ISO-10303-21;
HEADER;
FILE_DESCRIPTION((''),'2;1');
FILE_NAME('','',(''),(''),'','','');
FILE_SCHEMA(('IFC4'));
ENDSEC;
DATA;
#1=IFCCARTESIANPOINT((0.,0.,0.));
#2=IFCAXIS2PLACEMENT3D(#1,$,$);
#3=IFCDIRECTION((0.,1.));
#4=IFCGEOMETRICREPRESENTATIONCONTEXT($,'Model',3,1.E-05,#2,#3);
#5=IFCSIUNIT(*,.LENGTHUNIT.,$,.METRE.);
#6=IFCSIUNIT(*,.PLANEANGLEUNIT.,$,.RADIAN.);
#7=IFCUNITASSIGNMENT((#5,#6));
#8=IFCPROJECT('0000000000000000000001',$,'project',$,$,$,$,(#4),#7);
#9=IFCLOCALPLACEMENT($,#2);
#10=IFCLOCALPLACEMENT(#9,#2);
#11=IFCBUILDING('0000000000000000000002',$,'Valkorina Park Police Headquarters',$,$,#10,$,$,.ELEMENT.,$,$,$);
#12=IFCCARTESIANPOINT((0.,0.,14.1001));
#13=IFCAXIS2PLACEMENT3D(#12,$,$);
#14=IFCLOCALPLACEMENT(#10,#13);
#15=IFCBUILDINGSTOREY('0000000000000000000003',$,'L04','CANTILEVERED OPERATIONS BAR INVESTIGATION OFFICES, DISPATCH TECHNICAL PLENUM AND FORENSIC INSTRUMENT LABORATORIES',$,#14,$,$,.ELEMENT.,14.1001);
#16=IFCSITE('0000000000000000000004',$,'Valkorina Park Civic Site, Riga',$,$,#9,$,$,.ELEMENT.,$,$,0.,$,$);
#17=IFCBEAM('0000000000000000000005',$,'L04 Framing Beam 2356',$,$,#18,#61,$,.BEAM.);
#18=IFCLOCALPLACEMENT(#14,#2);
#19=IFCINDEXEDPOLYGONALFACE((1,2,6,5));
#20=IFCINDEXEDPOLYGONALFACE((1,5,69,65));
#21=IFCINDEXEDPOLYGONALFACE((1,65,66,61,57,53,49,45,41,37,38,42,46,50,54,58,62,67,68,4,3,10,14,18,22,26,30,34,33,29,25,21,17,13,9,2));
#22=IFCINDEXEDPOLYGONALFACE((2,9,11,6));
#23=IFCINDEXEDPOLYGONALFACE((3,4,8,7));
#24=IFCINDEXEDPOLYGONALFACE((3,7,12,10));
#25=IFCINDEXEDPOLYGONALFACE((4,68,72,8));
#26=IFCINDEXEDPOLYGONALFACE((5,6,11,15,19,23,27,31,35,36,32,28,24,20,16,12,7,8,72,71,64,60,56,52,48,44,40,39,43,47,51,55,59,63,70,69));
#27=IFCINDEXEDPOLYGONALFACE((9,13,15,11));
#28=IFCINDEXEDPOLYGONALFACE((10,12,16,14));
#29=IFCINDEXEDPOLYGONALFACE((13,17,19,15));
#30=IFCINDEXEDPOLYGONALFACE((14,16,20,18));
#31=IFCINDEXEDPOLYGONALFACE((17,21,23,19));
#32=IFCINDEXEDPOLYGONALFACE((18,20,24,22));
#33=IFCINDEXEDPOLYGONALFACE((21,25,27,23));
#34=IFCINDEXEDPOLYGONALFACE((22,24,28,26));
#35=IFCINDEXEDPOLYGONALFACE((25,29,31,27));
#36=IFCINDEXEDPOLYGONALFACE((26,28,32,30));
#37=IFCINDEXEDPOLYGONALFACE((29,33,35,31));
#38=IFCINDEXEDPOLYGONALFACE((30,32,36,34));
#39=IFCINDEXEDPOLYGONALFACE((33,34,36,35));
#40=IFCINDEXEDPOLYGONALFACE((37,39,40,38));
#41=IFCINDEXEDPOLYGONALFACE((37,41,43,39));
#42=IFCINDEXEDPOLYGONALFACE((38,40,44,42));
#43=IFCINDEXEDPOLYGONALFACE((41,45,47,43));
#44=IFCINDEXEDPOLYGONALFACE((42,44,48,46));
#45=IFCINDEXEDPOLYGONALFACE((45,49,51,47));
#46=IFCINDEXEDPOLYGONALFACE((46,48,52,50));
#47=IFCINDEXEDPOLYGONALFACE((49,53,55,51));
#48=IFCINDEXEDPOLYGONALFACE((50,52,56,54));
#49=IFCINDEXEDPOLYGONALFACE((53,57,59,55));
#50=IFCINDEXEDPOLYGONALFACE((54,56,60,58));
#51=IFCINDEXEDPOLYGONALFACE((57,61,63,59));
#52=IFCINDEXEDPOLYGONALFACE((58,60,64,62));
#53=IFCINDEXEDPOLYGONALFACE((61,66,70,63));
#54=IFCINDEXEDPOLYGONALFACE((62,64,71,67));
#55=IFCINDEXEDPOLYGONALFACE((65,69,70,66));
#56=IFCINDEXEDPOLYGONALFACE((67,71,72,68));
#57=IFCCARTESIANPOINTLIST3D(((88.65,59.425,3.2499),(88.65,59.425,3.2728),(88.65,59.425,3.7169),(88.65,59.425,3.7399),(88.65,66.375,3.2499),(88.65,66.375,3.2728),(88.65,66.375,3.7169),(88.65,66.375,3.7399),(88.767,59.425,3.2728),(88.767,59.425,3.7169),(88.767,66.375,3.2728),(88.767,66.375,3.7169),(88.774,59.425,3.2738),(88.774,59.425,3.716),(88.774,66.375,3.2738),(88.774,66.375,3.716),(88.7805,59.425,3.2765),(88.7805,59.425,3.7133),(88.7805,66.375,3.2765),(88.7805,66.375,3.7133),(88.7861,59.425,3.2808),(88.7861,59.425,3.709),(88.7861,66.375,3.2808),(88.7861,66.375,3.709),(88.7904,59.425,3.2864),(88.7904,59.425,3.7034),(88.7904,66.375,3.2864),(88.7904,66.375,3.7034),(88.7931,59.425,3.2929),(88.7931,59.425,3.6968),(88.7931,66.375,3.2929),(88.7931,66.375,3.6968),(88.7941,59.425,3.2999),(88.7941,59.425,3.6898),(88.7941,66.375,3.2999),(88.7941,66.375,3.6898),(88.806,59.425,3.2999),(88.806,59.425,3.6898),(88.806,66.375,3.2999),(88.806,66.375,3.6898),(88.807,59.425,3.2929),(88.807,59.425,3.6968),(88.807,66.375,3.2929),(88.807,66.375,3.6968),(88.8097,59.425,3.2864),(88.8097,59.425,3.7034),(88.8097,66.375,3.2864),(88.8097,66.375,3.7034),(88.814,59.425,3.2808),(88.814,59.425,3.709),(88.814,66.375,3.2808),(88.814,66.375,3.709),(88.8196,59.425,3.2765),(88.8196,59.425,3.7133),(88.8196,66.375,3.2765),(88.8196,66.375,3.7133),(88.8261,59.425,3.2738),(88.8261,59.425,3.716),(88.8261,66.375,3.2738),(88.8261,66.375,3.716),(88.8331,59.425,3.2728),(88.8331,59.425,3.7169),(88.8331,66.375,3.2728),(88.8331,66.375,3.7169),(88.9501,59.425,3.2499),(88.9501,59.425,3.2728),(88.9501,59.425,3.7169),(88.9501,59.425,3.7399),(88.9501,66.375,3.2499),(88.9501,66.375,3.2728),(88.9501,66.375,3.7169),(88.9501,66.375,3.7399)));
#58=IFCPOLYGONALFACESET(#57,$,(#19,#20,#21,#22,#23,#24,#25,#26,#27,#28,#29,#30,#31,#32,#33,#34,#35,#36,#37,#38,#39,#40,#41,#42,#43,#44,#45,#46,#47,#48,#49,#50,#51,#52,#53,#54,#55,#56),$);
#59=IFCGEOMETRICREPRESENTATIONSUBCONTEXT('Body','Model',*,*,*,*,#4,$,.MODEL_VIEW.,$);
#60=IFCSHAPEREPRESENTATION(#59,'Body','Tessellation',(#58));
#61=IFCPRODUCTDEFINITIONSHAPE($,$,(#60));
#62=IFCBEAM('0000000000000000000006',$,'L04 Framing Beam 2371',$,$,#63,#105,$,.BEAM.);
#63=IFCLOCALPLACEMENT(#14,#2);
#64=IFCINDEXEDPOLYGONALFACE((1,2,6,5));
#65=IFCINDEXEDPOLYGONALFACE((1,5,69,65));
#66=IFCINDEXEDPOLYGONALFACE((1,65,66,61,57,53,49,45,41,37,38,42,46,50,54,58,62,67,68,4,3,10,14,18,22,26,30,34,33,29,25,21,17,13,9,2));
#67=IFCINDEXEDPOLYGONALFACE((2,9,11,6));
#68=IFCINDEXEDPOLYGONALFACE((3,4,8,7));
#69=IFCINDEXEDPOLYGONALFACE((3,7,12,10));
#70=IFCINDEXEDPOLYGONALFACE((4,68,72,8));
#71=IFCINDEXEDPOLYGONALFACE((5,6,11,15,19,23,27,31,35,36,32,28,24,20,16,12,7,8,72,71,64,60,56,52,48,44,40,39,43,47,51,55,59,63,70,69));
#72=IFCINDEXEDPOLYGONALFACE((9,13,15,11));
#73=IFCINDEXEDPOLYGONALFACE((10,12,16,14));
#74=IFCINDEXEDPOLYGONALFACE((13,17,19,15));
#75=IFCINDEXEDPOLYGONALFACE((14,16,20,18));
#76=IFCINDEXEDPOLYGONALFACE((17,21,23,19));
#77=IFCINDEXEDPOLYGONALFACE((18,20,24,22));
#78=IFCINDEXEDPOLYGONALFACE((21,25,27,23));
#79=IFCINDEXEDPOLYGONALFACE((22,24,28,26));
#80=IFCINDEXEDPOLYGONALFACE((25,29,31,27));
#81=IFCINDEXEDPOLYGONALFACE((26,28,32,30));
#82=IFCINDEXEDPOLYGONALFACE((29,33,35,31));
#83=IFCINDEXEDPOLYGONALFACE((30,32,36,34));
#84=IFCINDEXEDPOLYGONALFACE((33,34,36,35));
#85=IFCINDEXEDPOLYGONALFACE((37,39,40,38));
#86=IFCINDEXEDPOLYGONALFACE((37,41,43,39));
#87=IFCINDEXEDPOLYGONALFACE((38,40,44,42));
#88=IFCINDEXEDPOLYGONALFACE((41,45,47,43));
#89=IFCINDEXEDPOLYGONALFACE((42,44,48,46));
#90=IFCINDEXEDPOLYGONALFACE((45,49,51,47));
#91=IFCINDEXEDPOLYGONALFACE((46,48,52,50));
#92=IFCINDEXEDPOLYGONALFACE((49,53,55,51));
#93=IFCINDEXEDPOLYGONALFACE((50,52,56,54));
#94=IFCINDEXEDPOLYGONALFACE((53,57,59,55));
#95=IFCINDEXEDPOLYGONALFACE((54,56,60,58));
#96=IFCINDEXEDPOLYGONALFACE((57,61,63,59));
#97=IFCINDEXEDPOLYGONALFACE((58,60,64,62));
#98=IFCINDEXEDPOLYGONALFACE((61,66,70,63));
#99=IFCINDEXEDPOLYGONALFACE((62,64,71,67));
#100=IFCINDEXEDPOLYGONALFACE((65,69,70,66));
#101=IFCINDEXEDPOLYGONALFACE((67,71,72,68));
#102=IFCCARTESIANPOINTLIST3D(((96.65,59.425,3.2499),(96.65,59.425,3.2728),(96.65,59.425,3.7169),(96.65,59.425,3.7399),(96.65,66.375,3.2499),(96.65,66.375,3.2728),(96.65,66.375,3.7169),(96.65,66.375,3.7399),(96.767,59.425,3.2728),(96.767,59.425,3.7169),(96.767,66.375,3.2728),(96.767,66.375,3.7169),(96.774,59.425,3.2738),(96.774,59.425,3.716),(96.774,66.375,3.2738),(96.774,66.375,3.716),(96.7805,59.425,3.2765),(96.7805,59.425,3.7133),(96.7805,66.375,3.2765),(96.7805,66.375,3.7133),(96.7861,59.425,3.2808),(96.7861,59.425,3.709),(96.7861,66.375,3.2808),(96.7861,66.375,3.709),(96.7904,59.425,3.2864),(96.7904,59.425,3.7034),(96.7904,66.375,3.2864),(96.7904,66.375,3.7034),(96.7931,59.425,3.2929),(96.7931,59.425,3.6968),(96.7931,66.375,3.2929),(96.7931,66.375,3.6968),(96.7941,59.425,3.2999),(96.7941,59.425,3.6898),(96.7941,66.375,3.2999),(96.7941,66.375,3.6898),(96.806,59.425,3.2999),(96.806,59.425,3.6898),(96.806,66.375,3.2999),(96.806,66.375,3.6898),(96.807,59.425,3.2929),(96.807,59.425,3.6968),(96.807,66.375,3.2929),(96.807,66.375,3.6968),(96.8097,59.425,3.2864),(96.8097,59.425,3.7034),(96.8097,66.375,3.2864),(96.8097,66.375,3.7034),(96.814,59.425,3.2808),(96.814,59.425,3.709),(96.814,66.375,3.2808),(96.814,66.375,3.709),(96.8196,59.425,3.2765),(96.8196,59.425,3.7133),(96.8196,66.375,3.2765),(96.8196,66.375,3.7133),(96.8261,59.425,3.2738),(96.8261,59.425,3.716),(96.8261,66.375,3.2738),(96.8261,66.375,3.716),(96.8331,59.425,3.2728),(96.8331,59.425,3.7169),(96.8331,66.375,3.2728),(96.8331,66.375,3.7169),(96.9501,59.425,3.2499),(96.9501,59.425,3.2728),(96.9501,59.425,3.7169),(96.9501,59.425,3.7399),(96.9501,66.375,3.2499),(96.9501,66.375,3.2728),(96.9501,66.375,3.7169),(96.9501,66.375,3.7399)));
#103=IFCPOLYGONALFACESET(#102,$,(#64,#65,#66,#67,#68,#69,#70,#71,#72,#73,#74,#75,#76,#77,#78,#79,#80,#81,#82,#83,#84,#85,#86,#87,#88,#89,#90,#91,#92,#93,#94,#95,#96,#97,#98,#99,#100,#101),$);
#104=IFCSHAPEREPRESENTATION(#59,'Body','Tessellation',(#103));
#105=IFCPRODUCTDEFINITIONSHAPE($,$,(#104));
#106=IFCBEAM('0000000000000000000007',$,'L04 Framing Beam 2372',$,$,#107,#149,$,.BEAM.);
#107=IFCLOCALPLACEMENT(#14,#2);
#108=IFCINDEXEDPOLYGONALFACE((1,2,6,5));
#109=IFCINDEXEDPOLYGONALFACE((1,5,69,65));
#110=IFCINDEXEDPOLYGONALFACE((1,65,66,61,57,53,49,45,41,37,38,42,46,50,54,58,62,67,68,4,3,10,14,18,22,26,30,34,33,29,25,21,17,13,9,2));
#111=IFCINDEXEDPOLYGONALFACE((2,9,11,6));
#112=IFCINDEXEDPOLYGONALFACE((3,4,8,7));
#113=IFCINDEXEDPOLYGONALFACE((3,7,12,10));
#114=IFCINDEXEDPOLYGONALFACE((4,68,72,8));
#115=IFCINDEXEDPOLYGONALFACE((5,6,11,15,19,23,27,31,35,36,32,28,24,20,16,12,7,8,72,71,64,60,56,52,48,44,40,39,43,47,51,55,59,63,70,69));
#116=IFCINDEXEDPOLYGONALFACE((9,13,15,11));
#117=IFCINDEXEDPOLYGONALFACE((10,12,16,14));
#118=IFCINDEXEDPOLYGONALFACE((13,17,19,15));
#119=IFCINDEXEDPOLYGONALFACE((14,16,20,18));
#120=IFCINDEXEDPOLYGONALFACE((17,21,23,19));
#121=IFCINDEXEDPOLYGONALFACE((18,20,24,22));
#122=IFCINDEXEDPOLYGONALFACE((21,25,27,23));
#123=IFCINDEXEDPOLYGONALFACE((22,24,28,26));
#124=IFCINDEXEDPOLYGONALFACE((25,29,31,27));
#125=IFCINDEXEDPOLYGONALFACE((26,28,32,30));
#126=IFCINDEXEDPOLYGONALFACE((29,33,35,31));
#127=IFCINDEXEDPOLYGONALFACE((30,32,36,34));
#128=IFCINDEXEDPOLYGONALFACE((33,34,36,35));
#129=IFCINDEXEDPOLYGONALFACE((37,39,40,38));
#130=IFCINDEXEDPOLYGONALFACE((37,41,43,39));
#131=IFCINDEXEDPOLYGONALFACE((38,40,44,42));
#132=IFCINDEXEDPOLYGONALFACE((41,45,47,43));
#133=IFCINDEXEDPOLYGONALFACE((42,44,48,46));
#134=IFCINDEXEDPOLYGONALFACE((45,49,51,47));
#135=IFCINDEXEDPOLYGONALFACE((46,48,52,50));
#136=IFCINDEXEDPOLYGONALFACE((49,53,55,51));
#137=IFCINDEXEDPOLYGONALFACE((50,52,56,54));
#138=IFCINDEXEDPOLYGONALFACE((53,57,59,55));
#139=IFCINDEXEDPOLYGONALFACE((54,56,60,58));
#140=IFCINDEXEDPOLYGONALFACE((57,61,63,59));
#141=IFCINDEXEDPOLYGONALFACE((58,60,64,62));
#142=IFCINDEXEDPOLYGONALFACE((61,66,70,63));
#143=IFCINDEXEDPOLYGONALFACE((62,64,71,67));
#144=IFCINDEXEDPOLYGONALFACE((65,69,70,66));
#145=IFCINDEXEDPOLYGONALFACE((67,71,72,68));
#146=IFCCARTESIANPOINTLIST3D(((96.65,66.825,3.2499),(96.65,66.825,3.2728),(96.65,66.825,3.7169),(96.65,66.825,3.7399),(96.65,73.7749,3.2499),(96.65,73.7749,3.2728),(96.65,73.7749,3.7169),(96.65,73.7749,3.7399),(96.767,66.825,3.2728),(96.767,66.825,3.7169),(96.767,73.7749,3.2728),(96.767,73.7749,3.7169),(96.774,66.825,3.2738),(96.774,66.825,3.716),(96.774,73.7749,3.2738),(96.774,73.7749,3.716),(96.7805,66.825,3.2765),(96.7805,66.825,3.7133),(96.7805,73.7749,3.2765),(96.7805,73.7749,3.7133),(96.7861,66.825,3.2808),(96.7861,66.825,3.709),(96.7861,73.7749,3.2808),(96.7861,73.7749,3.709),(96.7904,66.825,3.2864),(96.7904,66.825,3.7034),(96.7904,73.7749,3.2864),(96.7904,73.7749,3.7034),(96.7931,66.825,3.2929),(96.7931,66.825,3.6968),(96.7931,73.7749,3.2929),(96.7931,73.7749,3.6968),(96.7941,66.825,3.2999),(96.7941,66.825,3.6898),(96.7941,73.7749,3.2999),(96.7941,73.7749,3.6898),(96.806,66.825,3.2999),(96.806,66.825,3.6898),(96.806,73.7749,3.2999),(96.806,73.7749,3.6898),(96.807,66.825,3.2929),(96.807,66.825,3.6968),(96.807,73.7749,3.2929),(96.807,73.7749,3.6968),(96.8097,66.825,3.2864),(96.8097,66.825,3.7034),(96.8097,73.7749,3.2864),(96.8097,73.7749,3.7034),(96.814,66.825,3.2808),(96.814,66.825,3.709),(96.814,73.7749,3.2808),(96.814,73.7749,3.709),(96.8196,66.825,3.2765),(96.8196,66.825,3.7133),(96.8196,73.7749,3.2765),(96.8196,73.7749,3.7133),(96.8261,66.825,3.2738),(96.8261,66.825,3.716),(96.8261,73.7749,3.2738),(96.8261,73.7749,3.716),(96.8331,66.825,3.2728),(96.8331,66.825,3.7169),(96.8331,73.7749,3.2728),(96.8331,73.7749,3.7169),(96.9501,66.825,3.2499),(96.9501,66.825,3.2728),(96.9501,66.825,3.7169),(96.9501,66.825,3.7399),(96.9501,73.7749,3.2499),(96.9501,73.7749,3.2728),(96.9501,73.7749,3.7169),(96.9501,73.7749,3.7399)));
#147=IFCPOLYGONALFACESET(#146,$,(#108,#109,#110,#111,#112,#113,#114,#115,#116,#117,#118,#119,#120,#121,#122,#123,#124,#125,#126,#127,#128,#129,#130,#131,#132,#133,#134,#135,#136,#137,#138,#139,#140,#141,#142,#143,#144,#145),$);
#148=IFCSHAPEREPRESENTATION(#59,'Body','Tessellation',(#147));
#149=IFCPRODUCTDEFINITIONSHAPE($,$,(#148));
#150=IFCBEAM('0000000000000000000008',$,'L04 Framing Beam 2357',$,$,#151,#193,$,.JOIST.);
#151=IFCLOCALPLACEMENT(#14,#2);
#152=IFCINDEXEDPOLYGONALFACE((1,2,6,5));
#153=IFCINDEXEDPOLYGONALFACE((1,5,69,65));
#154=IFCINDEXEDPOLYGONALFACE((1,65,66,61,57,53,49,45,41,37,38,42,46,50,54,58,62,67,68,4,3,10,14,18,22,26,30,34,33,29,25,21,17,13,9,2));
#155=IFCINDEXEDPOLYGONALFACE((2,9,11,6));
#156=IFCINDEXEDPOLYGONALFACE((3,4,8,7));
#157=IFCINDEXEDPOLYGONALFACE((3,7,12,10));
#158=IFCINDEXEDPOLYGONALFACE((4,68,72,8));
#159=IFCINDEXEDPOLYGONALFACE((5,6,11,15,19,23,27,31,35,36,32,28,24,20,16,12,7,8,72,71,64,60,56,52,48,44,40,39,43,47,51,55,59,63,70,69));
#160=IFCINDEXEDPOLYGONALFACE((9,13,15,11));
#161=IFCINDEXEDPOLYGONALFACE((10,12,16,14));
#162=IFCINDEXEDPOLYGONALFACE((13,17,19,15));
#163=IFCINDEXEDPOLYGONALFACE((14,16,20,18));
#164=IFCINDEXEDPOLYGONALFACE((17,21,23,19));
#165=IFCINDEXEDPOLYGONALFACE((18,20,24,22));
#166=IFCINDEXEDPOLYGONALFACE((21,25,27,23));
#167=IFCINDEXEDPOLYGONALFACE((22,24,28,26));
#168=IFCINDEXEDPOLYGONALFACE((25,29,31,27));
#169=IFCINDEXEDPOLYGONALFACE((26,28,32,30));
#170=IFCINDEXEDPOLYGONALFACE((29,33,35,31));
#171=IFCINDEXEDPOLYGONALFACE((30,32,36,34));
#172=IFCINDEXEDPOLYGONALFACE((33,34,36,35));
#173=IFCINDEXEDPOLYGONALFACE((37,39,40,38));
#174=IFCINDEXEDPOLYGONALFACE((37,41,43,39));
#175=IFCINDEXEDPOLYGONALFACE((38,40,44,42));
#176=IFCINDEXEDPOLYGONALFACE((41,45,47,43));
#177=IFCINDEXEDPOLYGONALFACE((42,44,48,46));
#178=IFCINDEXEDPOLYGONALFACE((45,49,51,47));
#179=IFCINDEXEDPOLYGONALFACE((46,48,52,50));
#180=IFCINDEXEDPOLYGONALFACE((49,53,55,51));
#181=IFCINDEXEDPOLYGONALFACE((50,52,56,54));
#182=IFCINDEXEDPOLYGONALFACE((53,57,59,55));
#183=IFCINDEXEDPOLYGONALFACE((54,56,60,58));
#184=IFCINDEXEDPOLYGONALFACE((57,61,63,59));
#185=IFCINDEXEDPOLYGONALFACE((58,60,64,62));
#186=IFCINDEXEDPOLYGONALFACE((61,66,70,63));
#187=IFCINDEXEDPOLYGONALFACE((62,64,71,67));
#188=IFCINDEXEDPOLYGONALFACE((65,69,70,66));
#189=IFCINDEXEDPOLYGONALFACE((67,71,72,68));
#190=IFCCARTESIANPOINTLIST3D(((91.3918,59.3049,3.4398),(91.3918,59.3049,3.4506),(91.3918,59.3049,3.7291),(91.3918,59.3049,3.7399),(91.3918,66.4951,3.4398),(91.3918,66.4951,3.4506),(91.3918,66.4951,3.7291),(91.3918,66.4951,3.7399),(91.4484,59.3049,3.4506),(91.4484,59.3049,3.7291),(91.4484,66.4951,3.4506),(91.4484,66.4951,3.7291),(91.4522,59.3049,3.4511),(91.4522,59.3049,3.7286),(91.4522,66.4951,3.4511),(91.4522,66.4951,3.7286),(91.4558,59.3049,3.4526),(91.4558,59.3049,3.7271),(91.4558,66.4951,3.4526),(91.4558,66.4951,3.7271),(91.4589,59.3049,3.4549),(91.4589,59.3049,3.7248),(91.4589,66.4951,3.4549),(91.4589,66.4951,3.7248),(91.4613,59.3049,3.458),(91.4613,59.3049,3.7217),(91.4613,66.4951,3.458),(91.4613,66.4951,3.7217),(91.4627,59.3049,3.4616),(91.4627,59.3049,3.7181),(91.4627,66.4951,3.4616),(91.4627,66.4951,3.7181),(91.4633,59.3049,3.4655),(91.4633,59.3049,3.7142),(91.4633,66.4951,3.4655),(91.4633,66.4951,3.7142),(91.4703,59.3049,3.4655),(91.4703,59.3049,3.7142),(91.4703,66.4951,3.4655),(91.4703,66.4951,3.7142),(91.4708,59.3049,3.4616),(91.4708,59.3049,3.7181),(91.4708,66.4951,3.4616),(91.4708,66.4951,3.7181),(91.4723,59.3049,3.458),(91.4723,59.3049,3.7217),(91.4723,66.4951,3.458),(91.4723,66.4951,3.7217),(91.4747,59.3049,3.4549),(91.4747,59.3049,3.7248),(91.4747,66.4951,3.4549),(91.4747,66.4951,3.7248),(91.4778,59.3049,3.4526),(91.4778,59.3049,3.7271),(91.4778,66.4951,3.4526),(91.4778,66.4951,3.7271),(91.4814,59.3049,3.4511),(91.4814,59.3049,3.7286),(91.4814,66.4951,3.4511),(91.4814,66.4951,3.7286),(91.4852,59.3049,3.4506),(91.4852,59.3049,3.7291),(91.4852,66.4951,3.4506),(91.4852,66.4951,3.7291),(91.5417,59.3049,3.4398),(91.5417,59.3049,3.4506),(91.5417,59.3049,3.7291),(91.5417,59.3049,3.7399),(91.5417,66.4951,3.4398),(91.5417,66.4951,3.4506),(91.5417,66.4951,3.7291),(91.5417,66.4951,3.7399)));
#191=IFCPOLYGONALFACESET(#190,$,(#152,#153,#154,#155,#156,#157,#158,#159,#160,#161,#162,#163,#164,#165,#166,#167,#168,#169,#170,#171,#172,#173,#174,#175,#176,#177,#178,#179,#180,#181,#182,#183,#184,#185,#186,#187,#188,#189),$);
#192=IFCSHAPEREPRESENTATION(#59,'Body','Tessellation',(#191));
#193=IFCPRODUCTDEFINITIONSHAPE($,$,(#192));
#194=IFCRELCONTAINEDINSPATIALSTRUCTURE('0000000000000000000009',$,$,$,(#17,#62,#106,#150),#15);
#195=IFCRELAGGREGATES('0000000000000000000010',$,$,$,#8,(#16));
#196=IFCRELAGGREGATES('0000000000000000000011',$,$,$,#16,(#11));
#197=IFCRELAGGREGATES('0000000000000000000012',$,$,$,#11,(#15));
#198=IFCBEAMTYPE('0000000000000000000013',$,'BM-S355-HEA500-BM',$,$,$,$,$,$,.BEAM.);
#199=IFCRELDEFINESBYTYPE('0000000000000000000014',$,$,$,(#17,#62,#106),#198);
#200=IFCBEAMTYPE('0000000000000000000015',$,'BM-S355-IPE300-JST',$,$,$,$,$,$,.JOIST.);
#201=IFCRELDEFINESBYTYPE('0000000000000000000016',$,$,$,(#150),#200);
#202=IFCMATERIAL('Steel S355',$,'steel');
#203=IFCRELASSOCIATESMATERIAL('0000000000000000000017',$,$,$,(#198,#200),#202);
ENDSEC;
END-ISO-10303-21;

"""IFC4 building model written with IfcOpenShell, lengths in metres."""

from ifc_helpers import new_model, si_unit, direction, frame, origin, origin_2d, place, context, subcontext, project, spatial, i_section, extrude, material, material_profile, profile_set, type_object, element, save


model = new_model("IFC4")

# Units and contexts
model_context = context("Model", 3, precision=1e-05, world=origin(), true_north=direction((0.0, 1.0)))
body_context = subcontext(model_context, "Body", "Model", "MODEL_VIEW")
ifc_project = project(units=[si_unit("LENGTHUNIT", "METRE"), si_unit("PLANEANGLEUNIT", "RADIAN")], contexts=[model_context])

# Site, building, storey
site_placement = place(None, origin())
site = spatial("IfcSite", under=ifc_project, at=site_placement, Name="Valkorina Park Civic Site, Riga", CompositionType="ELEMENT", RefElevation=0.0)
building_placement = place(site_placement, origin())
building = spatial("IfcBuilding", under=site, at=building_placement, Name="Valkorina Park Police Headquarters", CompositionType="ELEMENT")
storey_placement = place(building_placement, frame((0.0, 0.0, 14.1001)))
storey = spatial("IfcBuildingStorey", under=building, at=storey_placement, Name="L04", Description="CANTILEVERED OPERATIONS BAR INVESTIGATION OFFICES, DISPATCH TECHNICAL PLENUM AND FORENSIC INSTRUMENT LABORATORIES", CompositionType="ELEMENT", Elevation=14.1001)

# Shared definitions
ifc_material_1 = material(Name="Steel S355", Category="steel")

# Beams
ifc_material_profile_1 = material_profile(ifc_material_1, i_section(OverallWidth=0.3, OverallDepth=0.49, WebThickness=0.012, FlangeThickness=0.0229, FilletRadius=0.0271, at=origin_2d()), Name="HEA 500")
ifc_profile_set_1 = profile_set([ifc_material_profile_1], Name="Steel S355")
beam_type_1 = type_object("IfcBeamType", Name="BM-S355-HEA500-BM", PredefinedType="BEAM", material=ifc_profile_set_1)
for number, where, z_axis, x_axis, name in (
    (1, (88.8, 59.425, 3.4949), (0.0, 1.0, 0.0), (-1.0, 0.0, 0.0), "L04 Framing Beam 2356"),
    (2, (96.8, 59.425, 3.4949), (0.0, 1.0, 0.0), (-1.0, 0.0, 0.0), "L04 Framing Beam 2371"),
    (3, (96.8, 66.825, 3.4949), (0.0, 1.0, 0.0), (-1.0, 0.0, 0.0), "L04 Framing Beam 2372"),
):
    element("IfcBeam", number, at=place(storey_placement, frame(where, z_axis=z_axis, x_axis=x_axis)), inside=storey, type_object=beam_type_1, Name=name, PredefinedType="BEAM", context=body_context, shape_type="SweptSolid", body=[
        extrude(i_section(OverallWidth=0.3, OverallDepth=0.49, WebThickness=0.012, FlangeThickness=0.0229, FilletRadius=0.0271, at=origin_2d()), origin(), (0.0, 0.0, 1.0), 6.95),
    ])
ifc_material_profile_2 = material_profile(ifc_material_1, i_section(OverallWidth=0.1499, OverallDepth=0.3, WebThickness=0.0071, FlangeThickness=0.0107, FilletRadius=0.0149, at=origin_2d()), Name="IPE 300")
ifc_profile_set_2 = profile_set([ifc_material_profile_2], Name="Steel S355")
beam_type_2 = type_object("IfcBeamType", Name="BM-S355-IPE300-JST", PredefinedType="JOIST", material=ifc_profile_set_2)
for number, where, z_axis, x_axis, name in (
    (4, (91.4668, 59.3049, 3.5898), (0.0, 1.0, 0.0), (-1.0, 0.0, 0.0), "L04 Framing Beam 2357"),
):
    element("IfcBeam", number, at=place(storey_placement, frame(where, z_axis=z_axis, x_axis=x_axis)), inside=storey, type_object=beam_type_2, Name=name, PredefinedType="JOIST", context=body_context, shape_type="SweptSolid", body=[
        extrude(i_section(OverallWidth=0.1499, OverallDepth=0.3, WebThickness=0.0071, FlangeThickness=0.0107, FilletRadius=0.0149, at=origin_2d()), origin(), (0.0, 0.0, 1.0), 7.1902),
    ])

save(model, "model.ifc")
